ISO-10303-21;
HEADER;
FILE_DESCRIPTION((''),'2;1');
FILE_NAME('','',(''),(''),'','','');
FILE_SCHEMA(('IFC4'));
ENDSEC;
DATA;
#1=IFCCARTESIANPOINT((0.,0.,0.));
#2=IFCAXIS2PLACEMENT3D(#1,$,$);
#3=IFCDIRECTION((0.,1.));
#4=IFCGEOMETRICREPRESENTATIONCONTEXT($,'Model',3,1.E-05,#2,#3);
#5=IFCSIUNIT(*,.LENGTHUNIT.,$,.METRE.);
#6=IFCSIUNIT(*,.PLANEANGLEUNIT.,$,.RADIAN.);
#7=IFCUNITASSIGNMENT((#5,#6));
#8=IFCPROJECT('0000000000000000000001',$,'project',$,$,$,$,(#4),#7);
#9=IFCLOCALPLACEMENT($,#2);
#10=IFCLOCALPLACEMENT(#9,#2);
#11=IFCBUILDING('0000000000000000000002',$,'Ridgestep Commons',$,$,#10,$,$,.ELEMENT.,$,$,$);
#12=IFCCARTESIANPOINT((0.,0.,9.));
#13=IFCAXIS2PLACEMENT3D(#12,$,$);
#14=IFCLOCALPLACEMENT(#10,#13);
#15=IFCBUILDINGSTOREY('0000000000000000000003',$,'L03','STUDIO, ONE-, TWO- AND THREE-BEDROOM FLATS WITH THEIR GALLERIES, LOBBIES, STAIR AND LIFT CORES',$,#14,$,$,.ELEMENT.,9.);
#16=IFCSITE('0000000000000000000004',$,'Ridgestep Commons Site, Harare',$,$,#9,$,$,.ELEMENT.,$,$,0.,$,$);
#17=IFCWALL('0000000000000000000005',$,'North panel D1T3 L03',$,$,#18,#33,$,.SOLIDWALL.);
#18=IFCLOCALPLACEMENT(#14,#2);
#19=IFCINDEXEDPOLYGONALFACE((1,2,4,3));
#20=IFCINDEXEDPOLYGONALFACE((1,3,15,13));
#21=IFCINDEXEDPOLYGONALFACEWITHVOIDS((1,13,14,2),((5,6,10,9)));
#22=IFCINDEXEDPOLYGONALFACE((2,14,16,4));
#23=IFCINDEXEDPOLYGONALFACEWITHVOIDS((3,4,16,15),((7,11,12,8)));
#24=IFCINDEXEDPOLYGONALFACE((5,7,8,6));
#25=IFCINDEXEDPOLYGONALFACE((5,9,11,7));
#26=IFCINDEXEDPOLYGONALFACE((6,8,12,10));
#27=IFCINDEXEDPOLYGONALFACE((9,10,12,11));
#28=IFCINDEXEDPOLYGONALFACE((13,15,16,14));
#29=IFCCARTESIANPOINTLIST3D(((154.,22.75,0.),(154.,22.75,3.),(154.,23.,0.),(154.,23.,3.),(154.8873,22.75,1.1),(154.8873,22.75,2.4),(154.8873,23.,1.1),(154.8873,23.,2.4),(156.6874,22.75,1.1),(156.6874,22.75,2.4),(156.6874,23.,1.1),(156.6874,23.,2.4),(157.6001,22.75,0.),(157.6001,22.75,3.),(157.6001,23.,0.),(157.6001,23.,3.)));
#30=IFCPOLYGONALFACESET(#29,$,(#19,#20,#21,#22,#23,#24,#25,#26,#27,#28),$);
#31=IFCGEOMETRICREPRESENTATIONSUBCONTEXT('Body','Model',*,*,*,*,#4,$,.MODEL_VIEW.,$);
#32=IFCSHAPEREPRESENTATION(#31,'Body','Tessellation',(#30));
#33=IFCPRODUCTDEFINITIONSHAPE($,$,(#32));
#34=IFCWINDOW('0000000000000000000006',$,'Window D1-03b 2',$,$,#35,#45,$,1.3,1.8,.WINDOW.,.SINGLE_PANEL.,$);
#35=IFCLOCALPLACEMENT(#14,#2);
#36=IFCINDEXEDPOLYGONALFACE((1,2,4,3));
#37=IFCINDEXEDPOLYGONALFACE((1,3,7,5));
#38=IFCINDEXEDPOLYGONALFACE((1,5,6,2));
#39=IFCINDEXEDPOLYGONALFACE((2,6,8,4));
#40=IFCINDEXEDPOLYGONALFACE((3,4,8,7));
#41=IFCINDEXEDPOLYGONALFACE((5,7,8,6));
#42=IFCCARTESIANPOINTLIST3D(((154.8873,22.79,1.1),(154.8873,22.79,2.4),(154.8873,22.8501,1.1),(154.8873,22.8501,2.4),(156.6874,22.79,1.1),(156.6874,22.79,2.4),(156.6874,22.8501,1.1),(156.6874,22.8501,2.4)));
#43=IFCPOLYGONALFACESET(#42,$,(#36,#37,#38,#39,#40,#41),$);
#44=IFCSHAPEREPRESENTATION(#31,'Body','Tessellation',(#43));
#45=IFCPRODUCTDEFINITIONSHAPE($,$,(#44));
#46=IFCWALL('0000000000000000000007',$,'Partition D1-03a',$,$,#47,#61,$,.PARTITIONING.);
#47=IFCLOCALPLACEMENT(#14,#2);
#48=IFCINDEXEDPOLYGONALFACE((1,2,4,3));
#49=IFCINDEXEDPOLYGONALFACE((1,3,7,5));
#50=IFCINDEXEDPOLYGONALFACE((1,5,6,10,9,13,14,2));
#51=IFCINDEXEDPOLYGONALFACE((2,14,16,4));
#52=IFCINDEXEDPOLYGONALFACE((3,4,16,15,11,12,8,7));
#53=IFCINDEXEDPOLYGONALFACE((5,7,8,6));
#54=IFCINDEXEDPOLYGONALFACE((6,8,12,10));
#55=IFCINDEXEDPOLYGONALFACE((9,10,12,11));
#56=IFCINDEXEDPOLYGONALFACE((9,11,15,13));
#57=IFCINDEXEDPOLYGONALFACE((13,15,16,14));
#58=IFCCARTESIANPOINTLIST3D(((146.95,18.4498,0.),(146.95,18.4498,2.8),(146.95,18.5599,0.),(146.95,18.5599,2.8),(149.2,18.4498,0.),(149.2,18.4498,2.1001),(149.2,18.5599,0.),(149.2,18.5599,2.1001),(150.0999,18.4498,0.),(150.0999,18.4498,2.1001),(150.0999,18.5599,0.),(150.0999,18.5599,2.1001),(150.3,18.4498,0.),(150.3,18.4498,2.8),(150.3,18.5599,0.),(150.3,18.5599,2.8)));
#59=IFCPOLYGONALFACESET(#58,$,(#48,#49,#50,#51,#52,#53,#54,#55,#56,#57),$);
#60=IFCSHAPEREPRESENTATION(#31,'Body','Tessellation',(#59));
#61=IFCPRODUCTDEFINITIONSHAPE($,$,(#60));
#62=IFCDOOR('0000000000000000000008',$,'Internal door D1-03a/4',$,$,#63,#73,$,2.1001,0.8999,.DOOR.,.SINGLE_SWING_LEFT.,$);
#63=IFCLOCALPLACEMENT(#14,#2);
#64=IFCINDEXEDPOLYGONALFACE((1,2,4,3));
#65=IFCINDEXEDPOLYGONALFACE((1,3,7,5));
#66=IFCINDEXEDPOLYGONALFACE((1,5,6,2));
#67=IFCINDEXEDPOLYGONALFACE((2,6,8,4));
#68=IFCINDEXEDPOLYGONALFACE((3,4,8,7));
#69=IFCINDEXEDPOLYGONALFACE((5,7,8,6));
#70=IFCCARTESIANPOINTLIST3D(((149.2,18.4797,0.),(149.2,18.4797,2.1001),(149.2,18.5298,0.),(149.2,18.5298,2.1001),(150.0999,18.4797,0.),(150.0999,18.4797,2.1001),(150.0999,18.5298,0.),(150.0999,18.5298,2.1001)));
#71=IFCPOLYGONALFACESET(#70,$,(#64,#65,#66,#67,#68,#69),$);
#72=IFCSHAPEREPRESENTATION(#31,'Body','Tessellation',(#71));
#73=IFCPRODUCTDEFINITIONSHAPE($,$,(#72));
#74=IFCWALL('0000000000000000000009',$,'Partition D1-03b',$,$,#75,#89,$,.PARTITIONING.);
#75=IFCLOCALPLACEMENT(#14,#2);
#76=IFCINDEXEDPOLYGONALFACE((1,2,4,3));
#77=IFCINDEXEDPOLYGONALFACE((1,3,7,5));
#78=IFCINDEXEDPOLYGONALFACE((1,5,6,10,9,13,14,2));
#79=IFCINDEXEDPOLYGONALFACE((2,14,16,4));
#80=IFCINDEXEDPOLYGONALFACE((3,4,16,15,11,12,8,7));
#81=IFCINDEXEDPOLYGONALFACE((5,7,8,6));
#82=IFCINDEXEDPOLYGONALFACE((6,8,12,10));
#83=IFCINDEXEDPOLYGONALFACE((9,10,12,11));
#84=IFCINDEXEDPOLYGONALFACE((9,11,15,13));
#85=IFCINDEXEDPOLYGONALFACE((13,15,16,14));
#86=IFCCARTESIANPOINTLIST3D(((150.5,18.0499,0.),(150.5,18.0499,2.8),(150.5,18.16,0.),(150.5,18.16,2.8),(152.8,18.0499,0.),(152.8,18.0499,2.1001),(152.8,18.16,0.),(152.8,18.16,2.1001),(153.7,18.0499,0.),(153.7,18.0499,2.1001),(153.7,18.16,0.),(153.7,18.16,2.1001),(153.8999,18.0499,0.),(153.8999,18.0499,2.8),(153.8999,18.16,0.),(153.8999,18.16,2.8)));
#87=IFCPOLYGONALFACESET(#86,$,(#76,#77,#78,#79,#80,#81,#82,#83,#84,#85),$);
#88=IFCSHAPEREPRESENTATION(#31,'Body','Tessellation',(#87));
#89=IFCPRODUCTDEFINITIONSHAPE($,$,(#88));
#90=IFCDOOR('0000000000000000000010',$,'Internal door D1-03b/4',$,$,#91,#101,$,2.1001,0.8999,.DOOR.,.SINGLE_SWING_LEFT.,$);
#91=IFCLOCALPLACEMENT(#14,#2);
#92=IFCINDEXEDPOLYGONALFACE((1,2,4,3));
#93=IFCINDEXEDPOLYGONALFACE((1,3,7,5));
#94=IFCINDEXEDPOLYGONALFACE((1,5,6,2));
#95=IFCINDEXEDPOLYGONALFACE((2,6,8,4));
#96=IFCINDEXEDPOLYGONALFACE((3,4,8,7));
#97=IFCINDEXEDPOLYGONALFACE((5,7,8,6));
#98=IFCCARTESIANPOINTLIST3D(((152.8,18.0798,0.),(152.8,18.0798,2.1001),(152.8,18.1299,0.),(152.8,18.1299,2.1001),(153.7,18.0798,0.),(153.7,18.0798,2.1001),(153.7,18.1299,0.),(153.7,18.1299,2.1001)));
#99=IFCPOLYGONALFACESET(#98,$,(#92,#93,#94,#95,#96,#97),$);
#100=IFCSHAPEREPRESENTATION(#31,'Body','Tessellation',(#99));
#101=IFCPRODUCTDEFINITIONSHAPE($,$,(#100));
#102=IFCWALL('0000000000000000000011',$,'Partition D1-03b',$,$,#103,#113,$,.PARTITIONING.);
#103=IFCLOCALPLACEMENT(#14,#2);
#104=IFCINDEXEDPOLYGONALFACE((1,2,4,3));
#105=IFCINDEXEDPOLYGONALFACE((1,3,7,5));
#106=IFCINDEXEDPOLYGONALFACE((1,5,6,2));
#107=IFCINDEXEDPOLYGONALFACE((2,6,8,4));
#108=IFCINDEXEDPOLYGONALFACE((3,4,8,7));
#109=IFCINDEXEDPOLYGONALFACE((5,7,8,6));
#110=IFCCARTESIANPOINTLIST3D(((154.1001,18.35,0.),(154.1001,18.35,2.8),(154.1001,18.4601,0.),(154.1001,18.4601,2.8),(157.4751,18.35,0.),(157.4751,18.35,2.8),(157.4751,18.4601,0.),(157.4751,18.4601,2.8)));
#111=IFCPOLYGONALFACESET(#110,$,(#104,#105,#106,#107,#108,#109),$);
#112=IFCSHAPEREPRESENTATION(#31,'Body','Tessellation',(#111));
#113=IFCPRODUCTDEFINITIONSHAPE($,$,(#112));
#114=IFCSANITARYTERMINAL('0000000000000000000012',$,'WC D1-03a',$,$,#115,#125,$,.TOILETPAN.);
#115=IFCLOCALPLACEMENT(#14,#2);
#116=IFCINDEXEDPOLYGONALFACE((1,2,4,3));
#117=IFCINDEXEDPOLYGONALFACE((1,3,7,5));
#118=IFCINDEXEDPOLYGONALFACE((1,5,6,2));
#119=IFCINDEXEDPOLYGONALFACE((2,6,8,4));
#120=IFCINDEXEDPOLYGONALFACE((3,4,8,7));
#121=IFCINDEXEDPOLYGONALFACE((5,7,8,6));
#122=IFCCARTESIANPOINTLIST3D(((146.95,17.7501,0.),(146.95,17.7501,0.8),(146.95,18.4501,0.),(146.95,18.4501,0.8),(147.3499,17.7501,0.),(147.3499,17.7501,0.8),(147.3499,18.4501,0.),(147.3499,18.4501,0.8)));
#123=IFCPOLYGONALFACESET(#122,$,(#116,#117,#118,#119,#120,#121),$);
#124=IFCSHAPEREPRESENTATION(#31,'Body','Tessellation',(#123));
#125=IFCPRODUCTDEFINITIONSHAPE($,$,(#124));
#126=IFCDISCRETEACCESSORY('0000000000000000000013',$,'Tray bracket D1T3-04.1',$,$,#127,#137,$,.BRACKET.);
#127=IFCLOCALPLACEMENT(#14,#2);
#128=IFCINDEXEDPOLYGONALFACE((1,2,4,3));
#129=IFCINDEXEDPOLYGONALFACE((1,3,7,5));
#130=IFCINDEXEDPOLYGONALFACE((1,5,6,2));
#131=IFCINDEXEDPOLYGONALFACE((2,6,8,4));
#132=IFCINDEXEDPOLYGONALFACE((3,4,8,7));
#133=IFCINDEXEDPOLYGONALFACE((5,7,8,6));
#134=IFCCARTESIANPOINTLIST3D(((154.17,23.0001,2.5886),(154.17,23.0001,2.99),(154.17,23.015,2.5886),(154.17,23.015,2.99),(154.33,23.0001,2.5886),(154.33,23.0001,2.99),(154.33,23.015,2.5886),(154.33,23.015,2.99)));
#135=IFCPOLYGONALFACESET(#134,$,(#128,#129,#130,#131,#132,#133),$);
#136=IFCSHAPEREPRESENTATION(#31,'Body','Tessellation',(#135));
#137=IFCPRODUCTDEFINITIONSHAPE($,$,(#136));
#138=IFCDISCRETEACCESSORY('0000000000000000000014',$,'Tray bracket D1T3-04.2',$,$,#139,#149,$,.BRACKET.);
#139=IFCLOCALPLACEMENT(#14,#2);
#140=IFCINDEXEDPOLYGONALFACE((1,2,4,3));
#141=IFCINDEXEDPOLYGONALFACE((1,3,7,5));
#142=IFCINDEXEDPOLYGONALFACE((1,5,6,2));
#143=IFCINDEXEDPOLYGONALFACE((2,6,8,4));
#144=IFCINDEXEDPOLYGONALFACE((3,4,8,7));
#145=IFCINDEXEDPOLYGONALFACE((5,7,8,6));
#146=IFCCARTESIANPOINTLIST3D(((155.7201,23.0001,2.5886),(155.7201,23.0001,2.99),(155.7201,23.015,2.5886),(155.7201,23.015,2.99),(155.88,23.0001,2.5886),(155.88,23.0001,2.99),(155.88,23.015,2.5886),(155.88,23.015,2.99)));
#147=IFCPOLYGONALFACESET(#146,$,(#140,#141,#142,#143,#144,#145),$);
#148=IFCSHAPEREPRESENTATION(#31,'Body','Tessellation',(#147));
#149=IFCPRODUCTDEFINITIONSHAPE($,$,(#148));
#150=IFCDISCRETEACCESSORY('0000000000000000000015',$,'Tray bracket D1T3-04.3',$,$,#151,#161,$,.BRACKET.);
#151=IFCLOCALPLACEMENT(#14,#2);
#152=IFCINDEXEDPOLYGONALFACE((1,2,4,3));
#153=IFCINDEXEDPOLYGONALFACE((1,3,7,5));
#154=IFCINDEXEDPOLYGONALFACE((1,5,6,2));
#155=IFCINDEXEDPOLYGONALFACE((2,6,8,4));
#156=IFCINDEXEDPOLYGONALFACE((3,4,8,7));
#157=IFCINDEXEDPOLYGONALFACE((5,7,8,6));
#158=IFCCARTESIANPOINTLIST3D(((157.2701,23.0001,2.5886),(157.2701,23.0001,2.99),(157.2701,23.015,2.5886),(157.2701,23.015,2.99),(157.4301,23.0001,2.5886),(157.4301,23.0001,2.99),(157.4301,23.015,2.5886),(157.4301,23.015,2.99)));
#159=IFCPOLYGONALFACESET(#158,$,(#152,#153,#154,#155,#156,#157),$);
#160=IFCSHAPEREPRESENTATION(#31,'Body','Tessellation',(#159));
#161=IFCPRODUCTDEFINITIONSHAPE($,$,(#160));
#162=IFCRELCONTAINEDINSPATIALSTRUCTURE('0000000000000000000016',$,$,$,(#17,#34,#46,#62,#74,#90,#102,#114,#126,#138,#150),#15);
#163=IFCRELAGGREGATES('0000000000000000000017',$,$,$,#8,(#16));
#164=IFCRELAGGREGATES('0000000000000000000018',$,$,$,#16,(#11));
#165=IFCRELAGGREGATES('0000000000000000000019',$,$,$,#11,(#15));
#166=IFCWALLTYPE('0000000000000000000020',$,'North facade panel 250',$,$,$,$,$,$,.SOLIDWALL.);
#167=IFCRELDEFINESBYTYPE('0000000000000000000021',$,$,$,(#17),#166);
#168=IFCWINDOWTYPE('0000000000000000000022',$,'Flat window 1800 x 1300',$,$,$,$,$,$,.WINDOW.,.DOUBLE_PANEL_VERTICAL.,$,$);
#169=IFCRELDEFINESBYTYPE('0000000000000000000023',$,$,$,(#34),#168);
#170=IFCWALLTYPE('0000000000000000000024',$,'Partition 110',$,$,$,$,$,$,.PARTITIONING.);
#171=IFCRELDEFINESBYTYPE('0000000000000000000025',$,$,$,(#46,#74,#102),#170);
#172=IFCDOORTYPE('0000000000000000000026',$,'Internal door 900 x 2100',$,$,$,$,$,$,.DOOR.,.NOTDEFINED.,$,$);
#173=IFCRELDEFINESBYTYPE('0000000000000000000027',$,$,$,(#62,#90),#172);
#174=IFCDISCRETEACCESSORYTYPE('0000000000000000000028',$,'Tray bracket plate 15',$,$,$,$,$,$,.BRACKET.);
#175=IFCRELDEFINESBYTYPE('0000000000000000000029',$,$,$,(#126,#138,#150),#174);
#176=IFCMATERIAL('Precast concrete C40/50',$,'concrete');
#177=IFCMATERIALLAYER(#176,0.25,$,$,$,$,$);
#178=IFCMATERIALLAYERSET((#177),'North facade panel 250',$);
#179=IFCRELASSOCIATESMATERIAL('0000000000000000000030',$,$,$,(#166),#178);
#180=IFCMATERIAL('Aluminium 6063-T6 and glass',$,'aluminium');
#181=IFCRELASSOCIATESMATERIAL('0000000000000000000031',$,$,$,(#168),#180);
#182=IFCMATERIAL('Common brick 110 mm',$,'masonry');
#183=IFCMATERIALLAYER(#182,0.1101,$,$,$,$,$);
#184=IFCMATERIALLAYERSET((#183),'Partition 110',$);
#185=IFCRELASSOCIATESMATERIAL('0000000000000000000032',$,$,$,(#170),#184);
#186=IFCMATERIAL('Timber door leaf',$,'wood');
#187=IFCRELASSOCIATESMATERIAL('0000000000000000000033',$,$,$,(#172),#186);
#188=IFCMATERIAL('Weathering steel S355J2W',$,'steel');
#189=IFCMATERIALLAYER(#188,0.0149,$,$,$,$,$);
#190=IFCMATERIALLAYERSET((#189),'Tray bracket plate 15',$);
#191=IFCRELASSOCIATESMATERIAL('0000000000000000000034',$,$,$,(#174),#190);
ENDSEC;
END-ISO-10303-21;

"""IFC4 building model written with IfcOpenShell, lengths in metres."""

from ifc_helpers import new_model, si_unit, direction, frame, frame_2d, origin, origin_2d, place, context, subcontext, project, spatial, rectangle, extrude, material, layer, layer_set, type_object, element, fill, save


model = new_model("IFC4")

# Units and contexts
model_context = context("Model", 3, precision=1e-05, world=origin(), true_north=direction((0.0, 1.0)))
body_context = subcontext(model_context, "Body", "Model", "MODEL_VIEW")
ifc_project = project(units=[si_unit("LENGTHUNIT", "METRE"), si_unit("PLANEANGLEUNIT", "RADIAN")], contexts=[model_context])

# Site, building, storey
site_placement = place(None, origin())
site = spatial("IfcSite", under=ifc_project, at=site_placement, Name="Ridgestep Commons Site, Harare", CompositionType="ELEMENT", RefElevation=0.0)
building_placement = place(site_placement, origin())
building = spatial("IfcBuilding", under=site, at=building_placement, Name="Ridgestep Commons", CompositionType="ELEMENT")
storey_placement = place(building_placement, frame((0.0, 0.0, 9.0)))
storey = spatial("IfcBuildingStorey", under=building, at=storey_placement, Name="L03", Description="STUDIO, ONE-, TWO- AND THREE-BEDROOM FLATS WITH THEIR GALLERIES, LOBBIES, STAIR AND LIFT CORES", CompositionType="ELEMENT", Elevation=9.0)

# Wall, opening, window
ifc_material_1 = material(Name="Precast concrete C40/50", Category="concrete")
ifc_layer_1 = layer(ifc_material_1, 0.25)
ifc_layer_set_1 = layer_set([ifc_layer_1], Name="North facade panel 250")
wall_type_1 = type_object("IfcWallType", Name="North facade panel 250", PredefinedType="SOLIDWALL", material=ifc_layer_set_1)
ifc_material_2 = material(Name="Aluminium 6063-T6 and glass", Category="aluminium")
window_type = type_object("IfcWindowType", Name="Flat window 1800 x 1300", PartitioningType="DOUBLE_PANEL_VERTICAL", PredefinedType="WINDOW", material=ifc_material_2)
wall_1_placement = place(storey_placement, frame((154.0, 22.875, 0.0), z_axis=(0.0, 0.0, 1.0), x_axis=(1.0, 0.0, 0.0)))
wall_1 = element("IfcWall", 1, at=wall_1_placement, inside=storey, type_object=wall_type_1, Name="North panel D1T3 L03", PredefinedType="SOLIDWALL", context=body_context, shape_type="SweptSolid", body=[
    extrude(rectangle(XDim=3.6001, YDim=0.25, at=frame_2d((1.8, 0.0))), origin(), (0.0, 0.0, 1.0), 3.0),
])
opening_1_placement = place(wall_1_placement, frame((0.8875, 0.0, 1.1001)))
opening_1 = element("IfcOpeningElement", 2, at=opening_1_placement, cuts=wall_1, PredefinedType="OPENING", context=body_context, shape_type="SweptSolid", body=[
    extrude(rectangle(XDim=1.8, YDim=1.3, at=frame_2d((0.8999, 0.6499))), frame((0.0, 0.135, 0.0), z_axis=(0.0, -1.0, 0.0), x_axis=(1.0, 0.0, 0.0)), (0.0, 0.0, 1.0), 0.27),
])
window_1_placement = place(opening_1_placement, origin())
window_1 = element("IfcWindow", 3, at=window_1_placement, inside=storey, type_object=window_type, Name="Window D1-03b 2", OverallHeight=1.3, OverallWidth=1.8, PartitioningType="SINGLE_PANEL", PredefinedType="WINDOW", context=body_context, shape_type="SweptSolid", body=[
    extrude(rectangle(XDim=1.8, YDim=1.3, at=frame_2d((0.8999, 0.6499))), frame((0.0, -0.0249, 0.0), z_axis=(0.0, -1.0, 0.0), x_axis=(1.0, 0.0, 0.0)), (0.0, 0.0, 1.0), 0.0601),
])
fill(opening_1, window_1)

# Walls, openings, doors
ifc_material_3 = material(Name="Common brick 110 mm", Category="masonry")
ifc_layer_2 = layer(ifc_material_3, 0.1101)
ifc_layer_set_2 = layer_set([ifc_layer_2], Name="Partition 110")
wall_type_2 = type_object("IfcWallType", Name="Partition 110", PredefinedType="PARTITIONING", material=ifc_layer_set_2)
wall_2_placement = place(storey_placement, frame((146.95, 18.5049, 0.0), z_axis=(0.0, 0.0, 1.0), x_axis=(1.0, 0.0, 0.0)))
wall_2 = element("IfcWall", 4, at=wall_2_placement, inside=storey, type_object=wall_type_2, Name="Partition D1-03a", PredefinedType="PARTITIONING", context=body_context, shape_type="SweptSolid", body=[
    extrude(rectangle(XDim=3.3501, YDim=0.1101, at=frame_2d((1.675, 0.0))), origin(), (0.0, 0.0, 1.0), 2.8),
])
opening_2_placement = place(wall_2_placement, frame((2.25, 0.0, 0.0)))
opening_2 = element("IfcOpeningElement", 5, at=opening_2_placement, cuts=wall_2, PredefinedType="OPENING", context=body_context, shape_type="SweptSolid", body=[
    extrude(rectangle(XDim=0.8999, YDim=2.1001, at=frame_2d((0.45, 1.05))), frame((0.0, 0.0649, 0.0), z_axis=(0.0, -1.0, 0.0), x_axis=(1.0, 0.0, 0.0)), (0.0, 0.0, 1.0), 0.1301),
])
ifc_material_4 = material(Name="Timber door leaf", Category="wood")
door_type_1 = type_object("IfcDoorType", Name="Internal door 900 x 2100", OperationType="NOTDEFINED", PredefinedType="DOOR", material=ifc_material_4)
door_1_placement = place(opening_2_placement, origin())
door_1 = element("IfcDoor", 6, at=door_1_placement, inside=storey, type_object=door_type_1, Name="Internal door D1-03a/4", OperationType="SINGLE_SWING_LEFT", OverallHeight=2.1001, OverallWidth=0.8999, PredefinedType="DOOR", context=body_context, shape_type="SweptSolid", body=[
    extrude(rectangle(XDim=0.8999, YDim=2.1001, at=frame_2d((0.45, 1.05))), frame((0.0, 0.0249, 0.0), z_axis=(0.0, -1.0, 0.0), x_axis=(1.0, 0.0, 0.0)), (0.0, 0.0, 1.0), 0.05),
])
fill(opening_2, door_1)
wall_3_placement = place(storey_placement, frame((150.5, 18.105, 0.0), z_axis=(0.0, 0.0, 1.0), x_axis=(1.0, 0.0, 0.0)))
wall_3 = element("IfcWall", 7, at=wall_3_placement, inside=storey, type_object=wall_type_2, Name="Partition D1-03b", PredefinedType="PARTITIONING", context=body_context, shape_type="SweptSolid", body=[
    extrude(rectangle(XDim=3.3999, YDim=0.1101, at=frame_2d((1.7, 0.0))), origin(), (0.0, 0.0, 1.0), 2.8),
])
opening_3_placement = place(wall_3_placement, frame((2.3, 0.0, 0.0)))
opening_3 = element("IfcOpeningElement", 8, at=opening_3_placement, cuts=wall_3, PredefinedType="OPENING", context=body_context, shape_type="SweptSolid", body=[
    extrude(rectangle(XDim=0.8999, YDim=2.1001, at=frame_2d((0.45, 1.05))), frame((0.0, 0.0649, 0.0), z_axis=(0.0, -1.0, 0.0), x_axis=(1.0, 0.0, 0.0)), (0.0, 0.0, 1.0), 0.1301),
])
door_2_placement = place(opening_3_placement, origin())
door_2 = element("IfcDoor", 9, at=door_2_placement, inside=storey, type_object=door_type_1, Name="Internal door D1-03b/4", OperationType="SINGLE_SWING_LEFT", OverallHeight=2.1001, OverallWidth=0.8999, PredefinedType="DOOR", context=body_context, shape_type="SweptSolid", body=[
    extrude(rectangle(XDim=0.8999, YDim=2.1001, at=frame_2d((0.45, 1.05))), frame((0.0, 0.0249, 0.0), z_axis=(0.0, -1.0, 0.0), x_axis=(1.0, 0.0, 0.0)), (0.0, 0.0, 1.0), 0.05),
])
fill(opening_3, door_2)

# Wall
wall_4_placement = place(storey_placement, frame((154.1001, 18.405, 0.0), z_axis=(0.0, 0.0, 1.0), x_axis=(1.0, 0.0, 0.0)))
element("IfcWall", 10, at=wall_4_placement, inside=storey, type_object=wall_type_2, Name="Partition D1-03b", PredefinedType="PARTITIONING", context=body_context, shape_type="SweptSolid", body=[
    extrude(rectangle(XDim=3.375, YDim=0.1101, at=frame_2d((1.6875, 0.0))), origin(), (0.0, 0.0, 1.0), 2.8),
])

# Sanitary terminal
sanitary_terminal_placement = place(storey_placement, frame((147.1499, 18.1001, 0.0), z_axis=(0.0, 0.0, 1.0), x_axis=(1.0, 0.0, 0.0)))
element("IfcSanitaryTerminal", 11, at=sanitary_terminal_placement, inside=storey, Name="WC D1-03a", PredefinedType="TOILETPAN", context=body_context, shape_type="SweptSolid", body=[
    extrude(rectangle(XDim=0.3999, YDim=0.7, at=origin_2d()), origin(), (0.0, 0.0, 1.0), 0.8),
])

# Discrete accessories
ifc_material_5 = material(Name="Weathering steel S355J2W", Category="steel")
ifc_layer_3 = layer(ifc_material_5, 0.0149)
ifc_layer_set_3 = layer_set([ifc_layer_3], Name="Tray bracket plate 15")
discrete_accessory_type = type_object("IfcDiscreteAccessoryType", Name="Tray bracket plate 15", PredefinedType="BRACKET", material=ifc_layer_set_3)
for number, where, z_axis, x_axis, name in (
    (12, (154.25, 23.0076, 2.5886), (0.0, 0.0, 1.0), (1.0, 0.0, 0.0), "Tray bracket D1T3-04.1"),
    (13, (155.8, 23.0076, 2.5886), (0.0, 0.0, 1.0), (1.0, 0.0, 0.0), "Tray bracket D1T3-04.2"),
    (14, (157.3501, 23.0076, 2.5886), (0.0, 0.0, 1.0), (1.0, 0.0, 0.0), "Tray bracket D1T3-04.3"),
):
    element("IfcDiscreteAccessory", number, at=place(storey_placement, frame(where, z_axis=z_axis, x_axis=x_axis)), inside=storey, type_object=discrete_accessory_type, Name=name, PredefinedType="BRACKET", context=body_context, shape_type="SweptSolid", body=[
        extrude(rectangle(XDim=0.1599, YDim=0.0149, at=origin_2d()), origin(), (0.0, 0.0, 1.0), 0.4014),
    ])

save(model, "model.ifc")
